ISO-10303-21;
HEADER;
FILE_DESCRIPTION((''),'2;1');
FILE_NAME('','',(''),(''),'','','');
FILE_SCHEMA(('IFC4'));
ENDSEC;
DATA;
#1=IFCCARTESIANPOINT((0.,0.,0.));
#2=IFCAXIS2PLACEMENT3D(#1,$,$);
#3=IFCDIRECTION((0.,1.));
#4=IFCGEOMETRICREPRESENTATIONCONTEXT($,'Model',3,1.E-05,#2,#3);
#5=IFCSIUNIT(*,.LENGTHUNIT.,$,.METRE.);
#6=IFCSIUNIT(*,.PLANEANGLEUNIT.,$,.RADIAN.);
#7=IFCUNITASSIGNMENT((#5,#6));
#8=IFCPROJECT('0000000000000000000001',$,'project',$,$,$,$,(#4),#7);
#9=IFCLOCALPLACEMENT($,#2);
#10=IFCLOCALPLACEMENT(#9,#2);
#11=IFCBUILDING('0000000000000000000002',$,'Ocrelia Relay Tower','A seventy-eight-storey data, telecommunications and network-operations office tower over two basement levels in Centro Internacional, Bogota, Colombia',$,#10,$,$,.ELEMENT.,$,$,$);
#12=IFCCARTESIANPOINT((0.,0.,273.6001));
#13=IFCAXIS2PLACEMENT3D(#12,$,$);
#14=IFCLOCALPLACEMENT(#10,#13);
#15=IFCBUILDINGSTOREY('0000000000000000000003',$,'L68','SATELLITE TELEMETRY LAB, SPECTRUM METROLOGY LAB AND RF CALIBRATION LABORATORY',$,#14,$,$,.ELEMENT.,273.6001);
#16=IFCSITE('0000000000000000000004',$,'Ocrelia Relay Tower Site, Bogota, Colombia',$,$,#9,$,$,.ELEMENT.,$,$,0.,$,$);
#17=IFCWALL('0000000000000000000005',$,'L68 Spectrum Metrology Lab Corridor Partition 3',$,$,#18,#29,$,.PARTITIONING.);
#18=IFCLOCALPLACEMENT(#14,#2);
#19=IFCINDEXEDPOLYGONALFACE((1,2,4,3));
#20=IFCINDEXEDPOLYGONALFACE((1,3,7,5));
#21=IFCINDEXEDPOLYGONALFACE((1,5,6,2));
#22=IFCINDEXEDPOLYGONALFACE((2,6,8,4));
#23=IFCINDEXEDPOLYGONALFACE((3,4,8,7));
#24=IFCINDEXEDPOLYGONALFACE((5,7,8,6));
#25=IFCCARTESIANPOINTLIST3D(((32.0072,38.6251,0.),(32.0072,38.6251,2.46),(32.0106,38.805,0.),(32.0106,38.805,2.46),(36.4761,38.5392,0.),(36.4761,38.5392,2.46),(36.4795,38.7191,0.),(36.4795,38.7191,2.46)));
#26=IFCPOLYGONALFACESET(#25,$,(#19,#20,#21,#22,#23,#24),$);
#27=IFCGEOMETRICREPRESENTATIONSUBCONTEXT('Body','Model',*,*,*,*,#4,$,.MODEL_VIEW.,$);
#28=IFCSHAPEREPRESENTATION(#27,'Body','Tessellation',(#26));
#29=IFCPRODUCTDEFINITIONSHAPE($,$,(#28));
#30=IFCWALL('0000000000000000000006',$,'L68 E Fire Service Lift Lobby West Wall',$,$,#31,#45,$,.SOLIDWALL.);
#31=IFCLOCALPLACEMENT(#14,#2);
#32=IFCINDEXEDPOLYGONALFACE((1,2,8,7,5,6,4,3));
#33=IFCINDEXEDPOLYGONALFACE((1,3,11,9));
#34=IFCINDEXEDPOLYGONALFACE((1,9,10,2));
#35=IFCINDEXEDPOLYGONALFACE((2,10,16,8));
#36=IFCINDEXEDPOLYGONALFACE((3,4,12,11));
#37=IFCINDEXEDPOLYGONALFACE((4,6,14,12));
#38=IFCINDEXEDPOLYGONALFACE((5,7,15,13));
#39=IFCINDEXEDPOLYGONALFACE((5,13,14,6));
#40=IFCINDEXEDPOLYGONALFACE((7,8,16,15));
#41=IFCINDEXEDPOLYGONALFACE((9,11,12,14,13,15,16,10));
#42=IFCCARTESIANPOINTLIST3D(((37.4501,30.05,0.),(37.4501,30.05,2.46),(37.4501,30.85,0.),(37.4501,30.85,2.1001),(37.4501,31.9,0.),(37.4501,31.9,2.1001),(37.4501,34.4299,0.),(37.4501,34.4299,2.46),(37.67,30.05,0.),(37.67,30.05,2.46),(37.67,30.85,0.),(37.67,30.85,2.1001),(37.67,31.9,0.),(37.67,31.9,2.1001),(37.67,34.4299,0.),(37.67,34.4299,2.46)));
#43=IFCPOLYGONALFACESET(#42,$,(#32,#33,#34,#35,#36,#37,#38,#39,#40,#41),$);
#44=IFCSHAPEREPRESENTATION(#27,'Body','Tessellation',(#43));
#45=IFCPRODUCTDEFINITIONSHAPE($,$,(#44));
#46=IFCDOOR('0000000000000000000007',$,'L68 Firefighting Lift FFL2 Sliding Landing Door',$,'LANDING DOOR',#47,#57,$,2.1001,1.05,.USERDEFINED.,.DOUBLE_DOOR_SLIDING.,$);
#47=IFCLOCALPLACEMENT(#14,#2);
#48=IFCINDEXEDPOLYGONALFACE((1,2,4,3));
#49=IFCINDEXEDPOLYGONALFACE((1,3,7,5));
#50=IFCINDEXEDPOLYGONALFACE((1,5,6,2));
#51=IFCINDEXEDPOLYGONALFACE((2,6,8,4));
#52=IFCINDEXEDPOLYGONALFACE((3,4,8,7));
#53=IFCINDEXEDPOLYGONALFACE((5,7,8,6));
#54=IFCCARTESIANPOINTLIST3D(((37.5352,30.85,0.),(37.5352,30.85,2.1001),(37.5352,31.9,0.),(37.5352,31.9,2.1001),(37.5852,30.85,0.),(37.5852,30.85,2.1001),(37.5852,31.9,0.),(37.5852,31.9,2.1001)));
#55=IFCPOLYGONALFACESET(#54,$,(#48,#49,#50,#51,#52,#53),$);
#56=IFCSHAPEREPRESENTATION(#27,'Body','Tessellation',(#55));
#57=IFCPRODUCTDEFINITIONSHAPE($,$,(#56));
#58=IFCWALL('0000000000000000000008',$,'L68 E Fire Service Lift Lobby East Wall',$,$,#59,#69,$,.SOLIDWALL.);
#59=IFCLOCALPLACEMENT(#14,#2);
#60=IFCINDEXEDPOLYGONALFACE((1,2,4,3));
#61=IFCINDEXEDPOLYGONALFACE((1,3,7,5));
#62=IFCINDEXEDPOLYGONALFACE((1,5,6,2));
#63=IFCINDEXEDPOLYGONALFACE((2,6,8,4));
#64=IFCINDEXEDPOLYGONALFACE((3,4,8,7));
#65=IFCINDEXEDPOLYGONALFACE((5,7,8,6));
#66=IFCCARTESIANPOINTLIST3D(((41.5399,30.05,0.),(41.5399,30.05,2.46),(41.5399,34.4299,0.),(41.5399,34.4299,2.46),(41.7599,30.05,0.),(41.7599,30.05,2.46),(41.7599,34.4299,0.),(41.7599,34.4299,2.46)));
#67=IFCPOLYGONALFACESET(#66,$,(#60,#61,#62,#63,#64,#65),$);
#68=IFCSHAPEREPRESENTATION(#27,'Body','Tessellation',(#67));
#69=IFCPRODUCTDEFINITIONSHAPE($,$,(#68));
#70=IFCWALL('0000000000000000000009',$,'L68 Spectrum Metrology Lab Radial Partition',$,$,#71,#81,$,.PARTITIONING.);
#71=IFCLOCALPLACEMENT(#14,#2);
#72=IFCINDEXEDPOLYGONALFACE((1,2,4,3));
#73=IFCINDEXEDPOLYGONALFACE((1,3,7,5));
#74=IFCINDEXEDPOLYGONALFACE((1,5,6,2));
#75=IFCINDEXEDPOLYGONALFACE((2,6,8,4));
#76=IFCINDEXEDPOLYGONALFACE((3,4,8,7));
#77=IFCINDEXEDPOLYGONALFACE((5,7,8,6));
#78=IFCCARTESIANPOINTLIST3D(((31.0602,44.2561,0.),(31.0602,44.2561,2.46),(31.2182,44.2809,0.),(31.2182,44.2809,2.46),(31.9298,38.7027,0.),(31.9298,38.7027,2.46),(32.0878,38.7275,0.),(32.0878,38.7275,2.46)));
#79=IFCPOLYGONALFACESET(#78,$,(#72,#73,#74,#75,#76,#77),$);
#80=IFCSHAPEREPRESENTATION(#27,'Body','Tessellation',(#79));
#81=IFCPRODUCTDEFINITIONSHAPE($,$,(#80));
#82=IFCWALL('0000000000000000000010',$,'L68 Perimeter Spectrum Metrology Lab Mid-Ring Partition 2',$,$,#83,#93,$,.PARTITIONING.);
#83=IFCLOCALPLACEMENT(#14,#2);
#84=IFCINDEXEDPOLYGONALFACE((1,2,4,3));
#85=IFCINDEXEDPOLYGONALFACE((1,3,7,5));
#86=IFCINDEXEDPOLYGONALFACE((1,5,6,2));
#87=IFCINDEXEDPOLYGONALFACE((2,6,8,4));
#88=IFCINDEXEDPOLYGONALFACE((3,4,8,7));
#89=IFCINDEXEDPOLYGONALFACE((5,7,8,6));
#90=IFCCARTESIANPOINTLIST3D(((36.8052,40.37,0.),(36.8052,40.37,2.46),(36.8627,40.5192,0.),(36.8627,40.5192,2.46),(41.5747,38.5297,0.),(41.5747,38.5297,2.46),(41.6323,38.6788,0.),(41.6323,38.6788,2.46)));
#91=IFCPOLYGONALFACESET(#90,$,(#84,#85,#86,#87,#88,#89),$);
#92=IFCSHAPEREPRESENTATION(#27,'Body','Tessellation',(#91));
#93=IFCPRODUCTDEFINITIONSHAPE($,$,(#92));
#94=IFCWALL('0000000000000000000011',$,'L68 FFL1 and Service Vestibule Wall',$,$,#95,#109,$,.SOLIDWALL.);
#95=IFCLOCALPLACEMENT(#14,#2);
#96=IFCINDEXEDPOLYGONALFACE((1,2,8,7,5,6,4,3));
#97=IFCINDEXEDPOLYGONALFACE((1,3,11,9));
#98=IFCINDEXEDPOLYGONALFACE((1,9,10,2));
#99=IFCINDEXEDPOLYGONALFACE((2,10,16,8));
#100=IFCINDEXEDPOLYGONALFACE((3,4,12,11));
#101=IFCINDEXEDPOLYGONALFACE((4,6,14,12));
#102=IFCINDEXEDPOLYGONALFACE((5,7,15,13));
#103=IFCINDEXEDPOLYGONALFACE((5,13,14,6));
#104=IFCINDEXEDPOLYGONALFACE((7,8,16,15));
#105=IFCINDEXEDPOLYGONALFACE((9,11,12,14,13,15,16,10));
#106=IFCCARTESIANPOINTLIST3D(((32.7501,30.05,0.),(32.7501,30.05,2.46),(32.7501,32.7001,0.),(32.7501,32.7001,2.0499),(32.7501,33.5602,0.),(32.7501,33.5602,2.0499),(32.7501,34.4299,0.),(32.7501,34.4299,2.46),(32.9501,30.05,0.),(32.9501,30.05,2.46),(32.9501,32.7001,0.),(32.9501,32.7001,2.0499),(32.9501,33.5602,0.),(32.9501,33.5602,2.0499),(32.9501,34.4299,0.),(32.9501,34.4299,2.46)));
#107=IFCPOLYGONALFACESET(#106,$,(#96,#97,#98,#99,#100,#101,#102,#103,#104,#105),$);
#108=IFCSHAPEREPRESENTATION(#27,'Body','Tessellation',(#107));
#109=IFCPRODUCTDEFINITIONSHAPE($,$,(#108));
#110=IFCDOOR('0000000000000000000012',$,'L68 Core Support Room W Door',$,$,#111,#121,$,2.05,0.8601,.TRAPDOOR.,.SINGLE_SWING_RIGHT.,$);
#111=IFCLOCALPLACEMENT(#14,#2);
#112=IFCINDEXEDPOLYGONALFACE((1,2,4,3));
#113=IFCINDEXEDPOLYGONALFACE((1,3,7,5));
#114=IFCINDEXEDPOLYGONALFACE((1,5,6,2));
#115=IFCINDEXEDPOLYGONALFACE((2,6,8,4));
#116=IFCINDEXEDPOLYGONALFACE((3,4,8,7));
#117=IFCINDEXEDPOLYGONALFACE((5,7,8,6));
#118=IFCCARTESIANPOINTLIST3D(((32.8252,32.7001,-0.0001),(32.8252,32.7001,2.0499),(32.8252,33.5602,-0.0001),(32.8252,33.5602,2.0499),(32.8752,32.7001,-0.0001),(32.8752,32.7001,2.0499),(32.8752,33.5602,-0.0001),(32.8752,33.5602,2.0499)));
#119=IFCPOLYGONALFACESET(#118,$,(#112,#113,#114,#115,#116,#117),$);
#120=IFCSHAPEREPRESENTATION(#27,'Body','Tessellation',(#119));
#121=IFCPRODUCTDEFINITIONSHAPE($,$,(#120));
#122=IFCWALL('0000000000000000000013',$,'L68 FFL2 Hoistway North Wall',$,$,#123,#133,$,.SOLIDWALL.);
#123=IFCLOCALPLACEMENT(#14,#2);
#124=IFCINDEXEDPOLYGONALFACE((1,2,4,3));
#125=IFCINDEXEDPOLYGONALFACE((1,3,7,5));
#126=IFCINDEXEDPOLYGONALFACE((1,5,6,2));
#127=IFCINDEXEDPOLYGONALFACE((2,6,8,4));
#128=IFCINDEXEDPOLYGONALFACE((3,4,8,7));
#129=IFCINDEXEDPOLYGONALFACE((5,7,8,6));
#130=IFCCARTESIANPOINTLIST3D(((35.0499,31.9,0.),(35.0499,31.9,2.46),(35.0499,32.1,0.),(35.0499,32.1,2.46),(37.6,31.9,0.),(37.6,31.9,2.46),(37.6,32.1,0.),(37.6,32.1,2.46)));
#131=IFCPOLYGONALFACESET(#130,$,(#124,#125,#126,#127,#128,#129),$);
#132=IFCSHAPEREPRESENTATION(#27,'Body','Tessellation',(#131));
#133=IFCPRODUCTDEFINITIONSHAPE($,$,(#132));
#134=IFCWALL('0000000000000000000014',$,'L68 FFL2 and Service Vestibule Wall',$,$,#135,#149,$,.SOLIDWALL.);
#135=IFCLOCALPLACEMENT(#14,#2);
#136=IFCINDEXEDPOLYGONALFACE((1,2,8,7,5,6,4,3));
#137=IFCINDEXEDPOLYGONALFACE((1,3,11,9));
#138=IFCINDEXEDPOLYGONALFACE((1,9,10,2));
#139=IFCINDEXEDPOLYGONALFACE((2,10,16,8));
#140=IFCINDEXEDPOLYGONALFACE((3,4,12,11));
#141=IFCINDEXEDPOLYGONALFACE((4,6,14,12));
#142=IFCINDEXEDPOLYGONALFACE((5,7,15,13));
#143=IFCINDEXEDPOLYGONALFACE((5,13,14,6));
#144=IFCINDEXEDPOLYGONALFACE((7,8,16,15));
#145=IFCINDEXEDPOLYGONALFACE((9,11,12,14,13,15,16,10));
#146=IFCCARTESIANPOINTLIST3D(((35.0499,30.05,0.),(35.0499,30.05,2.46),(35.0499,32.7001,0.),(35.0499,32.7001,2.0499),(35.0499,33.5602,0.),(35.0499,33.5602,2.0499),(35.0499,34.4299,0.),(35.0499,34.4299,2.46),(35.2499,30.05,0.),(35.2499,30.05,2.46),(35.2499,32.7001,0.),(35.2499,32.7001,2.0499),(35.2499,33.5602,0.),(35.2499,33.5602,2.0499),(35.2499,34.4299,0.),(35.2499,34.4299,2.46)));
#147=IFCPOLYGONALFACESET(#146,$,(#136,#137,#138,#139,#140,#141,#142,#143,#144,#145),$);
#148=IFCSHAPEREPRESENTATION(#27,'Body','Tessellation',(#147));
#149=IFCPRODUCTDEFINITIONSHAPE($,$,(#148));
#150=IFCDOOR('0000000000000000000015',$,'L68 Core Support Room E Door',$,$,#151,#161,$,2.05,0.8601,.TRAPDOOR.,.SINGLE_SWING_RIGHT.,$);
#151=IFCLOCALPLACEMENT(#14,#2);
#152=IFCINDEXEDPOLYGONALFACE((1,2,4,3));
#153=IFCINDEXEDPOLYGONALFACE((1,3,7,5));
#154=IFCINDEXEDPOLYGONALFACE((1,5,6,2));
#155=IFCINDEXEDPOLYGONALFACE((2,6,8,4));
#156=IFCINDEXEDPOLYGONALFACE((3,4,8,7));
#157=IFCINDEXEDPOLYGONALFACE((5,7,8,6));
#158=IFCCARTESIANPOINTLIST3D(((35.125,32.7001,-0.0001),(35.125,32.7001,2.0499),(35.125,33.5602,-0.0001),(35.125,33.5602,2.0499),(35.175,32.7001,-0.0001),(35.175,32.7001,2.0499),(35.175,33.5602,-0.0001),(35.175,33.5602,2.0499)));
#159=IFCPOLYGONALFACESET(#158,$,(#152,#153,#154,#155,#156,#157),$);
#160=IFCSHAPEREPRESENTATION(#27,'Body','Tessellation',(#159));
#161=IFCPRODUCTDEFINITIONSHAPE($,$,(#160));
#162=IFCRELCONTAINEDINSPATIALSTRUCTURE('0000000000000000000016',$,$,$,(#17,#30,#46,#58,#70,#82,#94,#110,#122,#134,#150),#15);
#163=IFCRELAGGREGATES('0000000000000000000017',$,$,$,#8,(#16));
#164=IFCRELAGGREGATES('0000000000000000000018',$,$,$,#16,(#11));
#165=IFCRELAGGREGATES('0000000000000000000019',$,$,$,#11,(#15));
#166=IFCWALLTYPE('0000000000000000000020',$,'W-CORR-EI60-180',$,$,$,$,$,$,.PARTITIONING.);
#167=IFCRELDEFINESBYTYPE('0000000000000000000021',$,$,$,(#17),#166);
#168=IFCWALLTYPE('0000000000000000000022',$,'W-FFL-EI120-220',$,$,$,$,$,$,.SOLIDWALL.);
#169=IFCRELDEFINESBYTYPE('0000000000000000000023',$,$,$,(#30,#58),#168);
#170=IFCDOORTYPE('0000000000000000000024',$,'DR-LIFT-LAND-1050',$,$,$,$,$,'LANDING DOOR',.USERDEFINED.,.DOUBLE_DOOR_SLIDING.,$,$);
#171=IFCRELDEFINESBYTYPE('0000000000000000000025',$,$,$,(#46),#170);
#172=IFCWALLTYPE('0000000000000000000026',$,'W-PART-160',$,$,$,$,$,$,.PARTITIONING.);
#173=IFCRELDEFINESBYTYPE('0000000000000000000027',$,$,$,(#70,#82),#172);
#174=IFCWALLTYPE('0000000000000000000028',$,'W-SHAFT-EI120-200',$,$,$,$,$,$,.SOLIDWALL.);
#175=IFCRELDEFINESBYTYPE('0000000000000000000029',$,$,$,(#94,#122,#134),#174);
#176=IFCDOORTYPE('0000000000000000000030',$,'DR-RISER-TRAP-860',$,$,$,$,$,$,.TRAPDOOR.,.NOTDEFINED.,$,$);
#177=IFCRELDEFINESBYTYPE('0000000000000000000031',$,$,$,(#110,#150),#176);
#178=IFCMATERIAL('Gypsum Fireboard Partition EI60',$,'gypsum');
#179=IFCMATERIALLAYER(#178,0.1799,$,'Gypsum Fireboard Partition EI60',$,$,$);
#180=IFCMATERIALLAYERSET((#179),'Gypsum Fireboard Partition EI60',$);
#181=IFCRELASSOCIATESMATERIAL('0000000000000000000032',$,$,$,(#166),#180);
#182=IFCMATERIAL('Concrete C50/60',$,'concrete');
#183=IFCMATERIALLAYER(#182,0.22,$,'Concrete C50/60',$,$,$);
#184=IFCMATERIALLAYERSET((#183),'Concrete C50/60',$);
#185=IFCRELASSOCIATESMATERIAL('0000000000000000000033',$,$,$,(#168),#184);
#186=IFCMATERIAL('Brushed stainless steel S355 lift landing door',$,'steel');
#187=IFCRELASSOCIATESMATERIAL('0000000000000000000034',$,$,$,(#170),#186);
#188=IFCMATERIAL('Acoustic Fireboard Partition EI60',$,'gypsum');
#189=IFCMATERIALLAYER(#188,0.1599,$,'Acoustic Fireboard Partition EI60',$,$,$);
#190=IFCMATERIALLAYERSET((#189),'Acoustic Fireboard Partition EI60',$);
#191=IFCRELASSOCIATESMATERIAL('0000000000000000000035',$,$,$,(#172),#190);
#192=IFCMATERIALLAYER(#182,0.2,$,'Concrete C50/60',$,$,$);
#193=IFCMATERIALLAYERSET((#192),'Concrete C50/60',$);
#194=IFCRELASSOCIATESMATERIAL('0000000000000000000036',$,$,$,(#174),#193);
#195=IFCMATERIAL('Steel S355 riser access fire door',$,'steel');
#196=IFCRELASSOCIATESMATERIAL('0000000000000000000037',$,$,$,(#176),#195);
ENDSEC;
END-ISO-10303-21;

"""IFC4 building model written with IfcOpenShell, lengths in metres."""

from ifc_helpers import new_model, si_unit, direction, frame, frame_2d, origin, place, context, subcontext, project, spatial, rectangle, extrude, material, layer, layer_set, type_object, element, fill, save


model = new_model("IFC4")

# Units and contexts
model_context = context("Model", 3, precision=1e-05, world=origin(), true_north=direction((0.0, 1.0)))
body_context = subcontext(model_context, "Body", "Model", "MODEL_VIEW")
ifc_project = project(units=[si_unit("LENGTHUNIT", "METRE"), si_unit("PLANEANGLEUNIT", "RADIAN")], contexts=[model_context])

# Site, building, storey
site_placement = place(None, origin())
site = spatial("IfcSite", under=ifc_project, at=site_placement, Name="Ocrelia Relay Tower Site, Bogota, Colombia", CompositionType="ELEMENT", RefElevation=0.0)
building_placement = place(site_placement, origin())
building = spatial("IfcBuilding", under=site, at=building_placement, Name="Ocrelia Relay Tower", Description="A seventy-eight-storey data, telecommunications and network-operations office tower over two basement levels in Centro Internacional, Bogota, Colombia", CompositionType="ELEMENT")
storey_placement = place(building_placement, frame((0.0, 0.0, 273.6001)))
storey = spatial("IfcBuildingStorey", under=building, at=storey_placement, Name="L68", Description="SATELLITE TELEMETRY LAB, SPECTRUM METROLOGY LAB AND RF CALIBRATION LABORATORY", CompositionType="ELEMENT", Elevation=273.6001)

# Shared definitions
ifc_material_1 = material(Name="Gypsum Fireboard Partition EI60", Category="gypsum")
ifc_layer_1 = layer(ifc_material_1, 0.1799, Name="Gypsum Fireboard Partition EI60")
ifc_layer_set_1 = layer_set([ifc_layer_1], Name="Gypsum Fireboard Partition EI60")
wall_type_1 = type_object("IfcWallType", Name="W-CORR-EI60-180", PredefinedType="PARTITIONING", material=ifc_layer_set_1)

# Wall
wall_1_placement = place(storey_placement, frame((36.4778, 38.6292, 0.0), z_axis=(0.0, 0.0, 1.0), x_axis=(-0.999815, 0.019226, 0.0)))
element("IfcWall", 1, at=wall_1_placement, inside=storey, type_object=wall_type_1, Name="L68 Spectrum Metrology Lab Corridor Partition 3", PredefinedType="PARTITIONING", context=body_context, shape_type="SweptSolid", body=[
    extrude(rectangle(XDim=4.4697, YDim=0.1799, at=frame_2d((2.2349, 0.0))), origin(), (0.0, 0.0, 1.0), 2.46),
])

# Wall, opening, door
ifc_material_2 = material(Name="Concrete C50/60", Category="concrete")
ifc_layer_2 = layer(ifc_material_2, 0.22, Name="Concrete C50/60")
ifc_layer_set_2 = layer_set([ifc_layer_2], Name="Concrete C50/60")
wall_type_2 = type_object("IfcWallType", Name="W-FFL-EI120-220", PredefinedType="SOLIDWALL", material=ifc_layer_set_2)
wall_2_placement = place(storey_placement, frame((37.5601, 30.05, 0.0), z_axis=(0.0, 0.0, 1.0), x_axis=(0.0, 1.0, 0.0)))
wall_2 = element("IfcWall", 2, at=wall_2_placement, inside=storey, type_object=wall_type_2, Name="L68 E Fire Service Lift Lobby West Wall", PredefinedType="SOLIDWALL", context=body_context, shape_type="SweptSolid", body=[
    extrude(rectangle(XDim=4.3799, YDim=0.22, at=frame_2d((2.1899, 0.0))), origin(), (0.0, 0.0, 1.0), 2.46),
])
opening_1_placement = place(wall_2_placement, frame((0.8, 0.0, 0.0)))
opening_1 = element("IfcOpeningElement", 3, at=opening_1_placement, cuts=wall_2, PredefinedType="OPENING", context=body_context, shape_type="SweptSolid", body=[
    extrude(rectangle(XDim=1.05, YDim=2.1001, at=frame_2d((0.5249, 1.05))), frame((0.0, 0.1201, 0.0), z_axis=(0.0, -1.0, 0.0), x_axis=(1.0, 0.0, 0.0)), (0.0, 0.0, 1.0), 0.24),
])
ifc_material_3 = material(Name="Brushed stainless steel S355 lift landing door", Category="steel")
door_type_1 = type_object("IfcDoorType", Name="DR-LIFT-LAND-1050", ElementType="LANDING DOOR", OperationType="DOUBLE_DOOR_SLIDING", PredefinedType="USERDEFINED", material=ifc_material_3)
door_1_placement = place(opening_1_placement, origin())
door_1 = element("IfcDoor", 4, at=door_1_placement, inside=storey, type_object=door_type_1, Name="L68 Firefighting Lift FFL2 Sliding Landing Door", ObjectType="LANDING DOOR", OperationType="DOUBLE_DOOR_SLIDING", OverallHeight=2.1001, OverallWidth=1.05, PredefinedType="USERDEFINED", context=body_context, shape_type="SweptSolid", body=[
    extrude(rectangle(XDim=1.05, YDim=2.1001, at=frame_2d((0.5249, 1.05))), frame((0.0, 0.0249, 0.0), z_axis=(0.0, -1.0, 0.0), x_axis=(1.0, 0.0, 0.0)), (0.0, 0.0, 1.0), 0.05),
])
fill(opening_1, door_1)

# Wall
wall_3_placement = place(storey_placement, frame((41.6499, 30.05, 0.0), z_axis=(0.0, 0.0, 1.0), x_axis=(0.0, 1.0, 0.0)))
element("IfcWall", 5, at=wall_3_placement, inside=storey, type_object=wall_type_2, Name="L68 E Fire Service Lift Lobby East Wall", PredefinedType="SOLIDWALL", context=body_context, shape_type="SweptSolid", body=[
    extrude(rectangle(XDim=4.3799, YDim=0.22, at=frame_2d((2.1899, 0.0))), origin(), (0.0, 0.0, 1.0), 2.46),
])

# Walls
ifc_material_4 = material(Name="Acoustic Fireboard Partition EI60", Category="gypsum")
ifc_layer_3 = layer(ifc_material_4, 0.1599, Name="Acoustic Fireboard Partition EI60")
ifc_layer_set_3 = layer_set([ifc_layer_3], Name="Acoustic Fireboard Partition EI60")
wall_type_3 = type_object("IfcWallType", Name="W-PART-160", PredefinedType="PARTITIONING", material=ifc_layer_set_3)
wall_4_placement = place(storey_placement, frame((32.0088, 38.7151, 0.0), z_axis=(0.0, 0.0, 1.0), x_axis=(-0.154707, 0.98796, 0.0)))
element("IfcWall", 6, at=wall_4_placement, inside=storey, type_object=wall_type_3, Name="L68 Spectrum Metrology Lab Radial Partition", PredefinedType="PARTITIONING", context=body_context, shape_type="SweptSolid", body=[
    extrude(rectangle(XDim=5.6211, YDim=0.1599, at=frame_2d((2.8105, 0.0))), origin(), (0.0, 0.0, 1.0), 2.46),
])
wall_5_placement = place(storey_placement, frame((41.6035, 38.6042, 0.0), z_axis=(0.0, 0.0, 1.0), x_axis=(-0.932959, 0.359984, 0.0)))
element("IfcWall", 7, at=wall_5_placement, inside=storey, type_object=wall_type_3, Name="L68 Perimeter Spectrum Metrology Lab Mid-Ring Partition 2", PredefinedType="PARTITIONING", context=body_context, shape_type="SweptSolid", body=[
    extrude(rectangle(XDim=5.1123, YDim=0.1599, at=frame_2d((2.5562, 0.0))), origin(), (0.0, 0.0, 1.0), 2.46),
])

# Wall, opening, door
ifc_layer_4 = layer(ifc_material_2, 0.2, Name="Concrete C50/60")
ifc_layer_set_4 = layer_set([ifc_layer_4], Name="Concrete C50/60")
wall_type_4 = type_object("IfcWallType", Name="W-SHAFT-EI120-200", PredefinedType="SOLIDWALL", material=ifc_layer_set_4)
wall_6_placement = place(storey_placement, frame((32.8501, 30.05, 0.0), z_axis=(0.0, 0.0, 1.0), x_axis=(0.0, 1.0, 0.0)))
wall_6 = element("IfcWall", 8, at=wall_6_placement, inside=storey, type_object=wall_type_4, Name="L68 FFL1 and Service Vestibule Wall", PredefinedType="SOLIDWALL", context=body_context, shape_type="SweptSolid", body=[
    extrude(rectangle(XDim=4.3799, YDim=0.2, at=frame_2d((2.1899, 0.0))), origin(), (0.0, 0.0, 1.0), 2.46),
])
opening_2_placement = place(wall_6_placement, frame((2.6499, 0.0, 0.0)))
opening_2 = element("IfcOpeningElement", 9, at=opening_2_placement, cuts=wall_6, PredefinedType="OPENING", context=body_context, shape_type="SweptSolid", body=[
    extrude(rectangle(XDim=0.8601, YDim=2.05, at=frame_2d((0.4302, 1.0249))), frame((0.0, 0.1099, 0.0), z_axis=(0.0, -1.0, 0.0), x_axis=(1.0, 0.0, 0.0)), (0.0, 0.0, 1.0), 0.22),
])
ifc_material_5 = material(Name="Steel S355 riser access fire door", Category="steel")
door_type_2 = type_object("IfcDoorType", Name="DR-RISER-TRAP-860", OperationType="NOTDEFINED", PredefinedType="TRAPDOOR", material=ifc_material_5)
door_2_placement = place(opening_2_placement, origin())
door_2 = element("IfcDoor", 10, at=door_2_placement, inside=storey, type_object=door_type_2, Name="L68 Core Support Room W Door", OperationType="SINGLE_SWING_RIGHT", OverallHeight=2.05, OverallWidth=0.8601, PredefinedType="TRAPDOOR", context=body_context, shape_type="SweptSolid", body=[
    extrude(rectangle(XDim=0.8601, YDim=2.05, at=frame_2d((0.4302, 1.0249))), frame((0.0, 0.0249, 0.0), z_axis=(0.0, -1.0, 0.0), x_axis=(1.0, 0.0, 0.0)), (0.0, 0.0, 1.0), 0.05),
])
fill(opening_2, door_2)

# Wall
wall_7_placement = place(storey_placement, frame((35.05, 32.0, 0.0), z_axis=(0.0, 0.0, 1.0), x_axis=(1.0, 0.0, 0.0)))
element("IfcWall", 11, at=wall_7_placement, inside=storey, type_object=wall_type_4, Name="L68 FFL2 Hoistway North Wall", PredefinedType="SOLIDWALL", context=body_context, shape_type="SweptSolid", body=[
    extrude(rectangle(XDim=2.55, YDim=0.2, at=frame_2d((1.2749, 0.0))), origin(), (0.0, 0.0, 1.0), 2.46),
])

# Wall, opening, door
wall_8_placement = place(storey_placement, frame((35.1499, 30.05, 0.0), z_axis=(0.0, 0.0, 1.0), x_axis=(0.0, 1.0, 0.0)))
wall_8 = element("IfcWall", 12, at=wall_8_placement, inside=storey, type_object=wall_type_4, Name="L68 FFL2 and Service Vestibule Wall", PredefinedType="SOLIDWALL", context=body_context, shape_type="SweptSolid", body=[
    extrude(rectangle(XDim=4.3799, YDim=0.2, at=frame_2d((2.1899, 0.0))), origin(), (0.0, 0.0, 1.0), 2.46),
])
opening_3_placement = place(wall_8_placement, frame((2.6499, 0.0, 0.0)))
opening_3 = element("IfcOpeningElement", 13, at=opening_3_placement, cuts=wall_8, PredefinedType="OPENING", context=body_context, shape_type="SweptSolid", body=[
    extrude(rectangle(XDim=0.8601, YDim=2.05, at=frame_2d((0.4302, 1.0249))), frame((0.0, 0.1099, 0.0), z_axis=(0.0, -1.0, 0.0), x_axis=(1.0, 0.0, 0.0)), (0.0, 0.0, 1.0), 0.22),
])
door_3_placement = place(opening_3_placement, origin())
door_3 = element("IfcDoor", 14, at=door_3_placement, inside=storey, type_object=door_type_2, Name="L68 Core Support Room E Door", OperationType="SINGLE_SWING_RIGHT", OverallHeight=2.05, OverallWidth=0.8601, PredefinedType="TRAPDOOR", context=body_context, shape_type="SweptSolid", body=[
    extrude(rectangle(XDim=0.8601, YDim=2.05, at=frame_2d((0.4302, 1.0249))), frame((0.0, 0.0249, 0.0), z_axis=(0.0, -1.0, 0.0), x_axis=(1.0, 0.0, 0.0)), (0.0, 0.0, 1.0), 0.05),
])
fill(opening_3, door_3)

save(model, "model.ifc")
